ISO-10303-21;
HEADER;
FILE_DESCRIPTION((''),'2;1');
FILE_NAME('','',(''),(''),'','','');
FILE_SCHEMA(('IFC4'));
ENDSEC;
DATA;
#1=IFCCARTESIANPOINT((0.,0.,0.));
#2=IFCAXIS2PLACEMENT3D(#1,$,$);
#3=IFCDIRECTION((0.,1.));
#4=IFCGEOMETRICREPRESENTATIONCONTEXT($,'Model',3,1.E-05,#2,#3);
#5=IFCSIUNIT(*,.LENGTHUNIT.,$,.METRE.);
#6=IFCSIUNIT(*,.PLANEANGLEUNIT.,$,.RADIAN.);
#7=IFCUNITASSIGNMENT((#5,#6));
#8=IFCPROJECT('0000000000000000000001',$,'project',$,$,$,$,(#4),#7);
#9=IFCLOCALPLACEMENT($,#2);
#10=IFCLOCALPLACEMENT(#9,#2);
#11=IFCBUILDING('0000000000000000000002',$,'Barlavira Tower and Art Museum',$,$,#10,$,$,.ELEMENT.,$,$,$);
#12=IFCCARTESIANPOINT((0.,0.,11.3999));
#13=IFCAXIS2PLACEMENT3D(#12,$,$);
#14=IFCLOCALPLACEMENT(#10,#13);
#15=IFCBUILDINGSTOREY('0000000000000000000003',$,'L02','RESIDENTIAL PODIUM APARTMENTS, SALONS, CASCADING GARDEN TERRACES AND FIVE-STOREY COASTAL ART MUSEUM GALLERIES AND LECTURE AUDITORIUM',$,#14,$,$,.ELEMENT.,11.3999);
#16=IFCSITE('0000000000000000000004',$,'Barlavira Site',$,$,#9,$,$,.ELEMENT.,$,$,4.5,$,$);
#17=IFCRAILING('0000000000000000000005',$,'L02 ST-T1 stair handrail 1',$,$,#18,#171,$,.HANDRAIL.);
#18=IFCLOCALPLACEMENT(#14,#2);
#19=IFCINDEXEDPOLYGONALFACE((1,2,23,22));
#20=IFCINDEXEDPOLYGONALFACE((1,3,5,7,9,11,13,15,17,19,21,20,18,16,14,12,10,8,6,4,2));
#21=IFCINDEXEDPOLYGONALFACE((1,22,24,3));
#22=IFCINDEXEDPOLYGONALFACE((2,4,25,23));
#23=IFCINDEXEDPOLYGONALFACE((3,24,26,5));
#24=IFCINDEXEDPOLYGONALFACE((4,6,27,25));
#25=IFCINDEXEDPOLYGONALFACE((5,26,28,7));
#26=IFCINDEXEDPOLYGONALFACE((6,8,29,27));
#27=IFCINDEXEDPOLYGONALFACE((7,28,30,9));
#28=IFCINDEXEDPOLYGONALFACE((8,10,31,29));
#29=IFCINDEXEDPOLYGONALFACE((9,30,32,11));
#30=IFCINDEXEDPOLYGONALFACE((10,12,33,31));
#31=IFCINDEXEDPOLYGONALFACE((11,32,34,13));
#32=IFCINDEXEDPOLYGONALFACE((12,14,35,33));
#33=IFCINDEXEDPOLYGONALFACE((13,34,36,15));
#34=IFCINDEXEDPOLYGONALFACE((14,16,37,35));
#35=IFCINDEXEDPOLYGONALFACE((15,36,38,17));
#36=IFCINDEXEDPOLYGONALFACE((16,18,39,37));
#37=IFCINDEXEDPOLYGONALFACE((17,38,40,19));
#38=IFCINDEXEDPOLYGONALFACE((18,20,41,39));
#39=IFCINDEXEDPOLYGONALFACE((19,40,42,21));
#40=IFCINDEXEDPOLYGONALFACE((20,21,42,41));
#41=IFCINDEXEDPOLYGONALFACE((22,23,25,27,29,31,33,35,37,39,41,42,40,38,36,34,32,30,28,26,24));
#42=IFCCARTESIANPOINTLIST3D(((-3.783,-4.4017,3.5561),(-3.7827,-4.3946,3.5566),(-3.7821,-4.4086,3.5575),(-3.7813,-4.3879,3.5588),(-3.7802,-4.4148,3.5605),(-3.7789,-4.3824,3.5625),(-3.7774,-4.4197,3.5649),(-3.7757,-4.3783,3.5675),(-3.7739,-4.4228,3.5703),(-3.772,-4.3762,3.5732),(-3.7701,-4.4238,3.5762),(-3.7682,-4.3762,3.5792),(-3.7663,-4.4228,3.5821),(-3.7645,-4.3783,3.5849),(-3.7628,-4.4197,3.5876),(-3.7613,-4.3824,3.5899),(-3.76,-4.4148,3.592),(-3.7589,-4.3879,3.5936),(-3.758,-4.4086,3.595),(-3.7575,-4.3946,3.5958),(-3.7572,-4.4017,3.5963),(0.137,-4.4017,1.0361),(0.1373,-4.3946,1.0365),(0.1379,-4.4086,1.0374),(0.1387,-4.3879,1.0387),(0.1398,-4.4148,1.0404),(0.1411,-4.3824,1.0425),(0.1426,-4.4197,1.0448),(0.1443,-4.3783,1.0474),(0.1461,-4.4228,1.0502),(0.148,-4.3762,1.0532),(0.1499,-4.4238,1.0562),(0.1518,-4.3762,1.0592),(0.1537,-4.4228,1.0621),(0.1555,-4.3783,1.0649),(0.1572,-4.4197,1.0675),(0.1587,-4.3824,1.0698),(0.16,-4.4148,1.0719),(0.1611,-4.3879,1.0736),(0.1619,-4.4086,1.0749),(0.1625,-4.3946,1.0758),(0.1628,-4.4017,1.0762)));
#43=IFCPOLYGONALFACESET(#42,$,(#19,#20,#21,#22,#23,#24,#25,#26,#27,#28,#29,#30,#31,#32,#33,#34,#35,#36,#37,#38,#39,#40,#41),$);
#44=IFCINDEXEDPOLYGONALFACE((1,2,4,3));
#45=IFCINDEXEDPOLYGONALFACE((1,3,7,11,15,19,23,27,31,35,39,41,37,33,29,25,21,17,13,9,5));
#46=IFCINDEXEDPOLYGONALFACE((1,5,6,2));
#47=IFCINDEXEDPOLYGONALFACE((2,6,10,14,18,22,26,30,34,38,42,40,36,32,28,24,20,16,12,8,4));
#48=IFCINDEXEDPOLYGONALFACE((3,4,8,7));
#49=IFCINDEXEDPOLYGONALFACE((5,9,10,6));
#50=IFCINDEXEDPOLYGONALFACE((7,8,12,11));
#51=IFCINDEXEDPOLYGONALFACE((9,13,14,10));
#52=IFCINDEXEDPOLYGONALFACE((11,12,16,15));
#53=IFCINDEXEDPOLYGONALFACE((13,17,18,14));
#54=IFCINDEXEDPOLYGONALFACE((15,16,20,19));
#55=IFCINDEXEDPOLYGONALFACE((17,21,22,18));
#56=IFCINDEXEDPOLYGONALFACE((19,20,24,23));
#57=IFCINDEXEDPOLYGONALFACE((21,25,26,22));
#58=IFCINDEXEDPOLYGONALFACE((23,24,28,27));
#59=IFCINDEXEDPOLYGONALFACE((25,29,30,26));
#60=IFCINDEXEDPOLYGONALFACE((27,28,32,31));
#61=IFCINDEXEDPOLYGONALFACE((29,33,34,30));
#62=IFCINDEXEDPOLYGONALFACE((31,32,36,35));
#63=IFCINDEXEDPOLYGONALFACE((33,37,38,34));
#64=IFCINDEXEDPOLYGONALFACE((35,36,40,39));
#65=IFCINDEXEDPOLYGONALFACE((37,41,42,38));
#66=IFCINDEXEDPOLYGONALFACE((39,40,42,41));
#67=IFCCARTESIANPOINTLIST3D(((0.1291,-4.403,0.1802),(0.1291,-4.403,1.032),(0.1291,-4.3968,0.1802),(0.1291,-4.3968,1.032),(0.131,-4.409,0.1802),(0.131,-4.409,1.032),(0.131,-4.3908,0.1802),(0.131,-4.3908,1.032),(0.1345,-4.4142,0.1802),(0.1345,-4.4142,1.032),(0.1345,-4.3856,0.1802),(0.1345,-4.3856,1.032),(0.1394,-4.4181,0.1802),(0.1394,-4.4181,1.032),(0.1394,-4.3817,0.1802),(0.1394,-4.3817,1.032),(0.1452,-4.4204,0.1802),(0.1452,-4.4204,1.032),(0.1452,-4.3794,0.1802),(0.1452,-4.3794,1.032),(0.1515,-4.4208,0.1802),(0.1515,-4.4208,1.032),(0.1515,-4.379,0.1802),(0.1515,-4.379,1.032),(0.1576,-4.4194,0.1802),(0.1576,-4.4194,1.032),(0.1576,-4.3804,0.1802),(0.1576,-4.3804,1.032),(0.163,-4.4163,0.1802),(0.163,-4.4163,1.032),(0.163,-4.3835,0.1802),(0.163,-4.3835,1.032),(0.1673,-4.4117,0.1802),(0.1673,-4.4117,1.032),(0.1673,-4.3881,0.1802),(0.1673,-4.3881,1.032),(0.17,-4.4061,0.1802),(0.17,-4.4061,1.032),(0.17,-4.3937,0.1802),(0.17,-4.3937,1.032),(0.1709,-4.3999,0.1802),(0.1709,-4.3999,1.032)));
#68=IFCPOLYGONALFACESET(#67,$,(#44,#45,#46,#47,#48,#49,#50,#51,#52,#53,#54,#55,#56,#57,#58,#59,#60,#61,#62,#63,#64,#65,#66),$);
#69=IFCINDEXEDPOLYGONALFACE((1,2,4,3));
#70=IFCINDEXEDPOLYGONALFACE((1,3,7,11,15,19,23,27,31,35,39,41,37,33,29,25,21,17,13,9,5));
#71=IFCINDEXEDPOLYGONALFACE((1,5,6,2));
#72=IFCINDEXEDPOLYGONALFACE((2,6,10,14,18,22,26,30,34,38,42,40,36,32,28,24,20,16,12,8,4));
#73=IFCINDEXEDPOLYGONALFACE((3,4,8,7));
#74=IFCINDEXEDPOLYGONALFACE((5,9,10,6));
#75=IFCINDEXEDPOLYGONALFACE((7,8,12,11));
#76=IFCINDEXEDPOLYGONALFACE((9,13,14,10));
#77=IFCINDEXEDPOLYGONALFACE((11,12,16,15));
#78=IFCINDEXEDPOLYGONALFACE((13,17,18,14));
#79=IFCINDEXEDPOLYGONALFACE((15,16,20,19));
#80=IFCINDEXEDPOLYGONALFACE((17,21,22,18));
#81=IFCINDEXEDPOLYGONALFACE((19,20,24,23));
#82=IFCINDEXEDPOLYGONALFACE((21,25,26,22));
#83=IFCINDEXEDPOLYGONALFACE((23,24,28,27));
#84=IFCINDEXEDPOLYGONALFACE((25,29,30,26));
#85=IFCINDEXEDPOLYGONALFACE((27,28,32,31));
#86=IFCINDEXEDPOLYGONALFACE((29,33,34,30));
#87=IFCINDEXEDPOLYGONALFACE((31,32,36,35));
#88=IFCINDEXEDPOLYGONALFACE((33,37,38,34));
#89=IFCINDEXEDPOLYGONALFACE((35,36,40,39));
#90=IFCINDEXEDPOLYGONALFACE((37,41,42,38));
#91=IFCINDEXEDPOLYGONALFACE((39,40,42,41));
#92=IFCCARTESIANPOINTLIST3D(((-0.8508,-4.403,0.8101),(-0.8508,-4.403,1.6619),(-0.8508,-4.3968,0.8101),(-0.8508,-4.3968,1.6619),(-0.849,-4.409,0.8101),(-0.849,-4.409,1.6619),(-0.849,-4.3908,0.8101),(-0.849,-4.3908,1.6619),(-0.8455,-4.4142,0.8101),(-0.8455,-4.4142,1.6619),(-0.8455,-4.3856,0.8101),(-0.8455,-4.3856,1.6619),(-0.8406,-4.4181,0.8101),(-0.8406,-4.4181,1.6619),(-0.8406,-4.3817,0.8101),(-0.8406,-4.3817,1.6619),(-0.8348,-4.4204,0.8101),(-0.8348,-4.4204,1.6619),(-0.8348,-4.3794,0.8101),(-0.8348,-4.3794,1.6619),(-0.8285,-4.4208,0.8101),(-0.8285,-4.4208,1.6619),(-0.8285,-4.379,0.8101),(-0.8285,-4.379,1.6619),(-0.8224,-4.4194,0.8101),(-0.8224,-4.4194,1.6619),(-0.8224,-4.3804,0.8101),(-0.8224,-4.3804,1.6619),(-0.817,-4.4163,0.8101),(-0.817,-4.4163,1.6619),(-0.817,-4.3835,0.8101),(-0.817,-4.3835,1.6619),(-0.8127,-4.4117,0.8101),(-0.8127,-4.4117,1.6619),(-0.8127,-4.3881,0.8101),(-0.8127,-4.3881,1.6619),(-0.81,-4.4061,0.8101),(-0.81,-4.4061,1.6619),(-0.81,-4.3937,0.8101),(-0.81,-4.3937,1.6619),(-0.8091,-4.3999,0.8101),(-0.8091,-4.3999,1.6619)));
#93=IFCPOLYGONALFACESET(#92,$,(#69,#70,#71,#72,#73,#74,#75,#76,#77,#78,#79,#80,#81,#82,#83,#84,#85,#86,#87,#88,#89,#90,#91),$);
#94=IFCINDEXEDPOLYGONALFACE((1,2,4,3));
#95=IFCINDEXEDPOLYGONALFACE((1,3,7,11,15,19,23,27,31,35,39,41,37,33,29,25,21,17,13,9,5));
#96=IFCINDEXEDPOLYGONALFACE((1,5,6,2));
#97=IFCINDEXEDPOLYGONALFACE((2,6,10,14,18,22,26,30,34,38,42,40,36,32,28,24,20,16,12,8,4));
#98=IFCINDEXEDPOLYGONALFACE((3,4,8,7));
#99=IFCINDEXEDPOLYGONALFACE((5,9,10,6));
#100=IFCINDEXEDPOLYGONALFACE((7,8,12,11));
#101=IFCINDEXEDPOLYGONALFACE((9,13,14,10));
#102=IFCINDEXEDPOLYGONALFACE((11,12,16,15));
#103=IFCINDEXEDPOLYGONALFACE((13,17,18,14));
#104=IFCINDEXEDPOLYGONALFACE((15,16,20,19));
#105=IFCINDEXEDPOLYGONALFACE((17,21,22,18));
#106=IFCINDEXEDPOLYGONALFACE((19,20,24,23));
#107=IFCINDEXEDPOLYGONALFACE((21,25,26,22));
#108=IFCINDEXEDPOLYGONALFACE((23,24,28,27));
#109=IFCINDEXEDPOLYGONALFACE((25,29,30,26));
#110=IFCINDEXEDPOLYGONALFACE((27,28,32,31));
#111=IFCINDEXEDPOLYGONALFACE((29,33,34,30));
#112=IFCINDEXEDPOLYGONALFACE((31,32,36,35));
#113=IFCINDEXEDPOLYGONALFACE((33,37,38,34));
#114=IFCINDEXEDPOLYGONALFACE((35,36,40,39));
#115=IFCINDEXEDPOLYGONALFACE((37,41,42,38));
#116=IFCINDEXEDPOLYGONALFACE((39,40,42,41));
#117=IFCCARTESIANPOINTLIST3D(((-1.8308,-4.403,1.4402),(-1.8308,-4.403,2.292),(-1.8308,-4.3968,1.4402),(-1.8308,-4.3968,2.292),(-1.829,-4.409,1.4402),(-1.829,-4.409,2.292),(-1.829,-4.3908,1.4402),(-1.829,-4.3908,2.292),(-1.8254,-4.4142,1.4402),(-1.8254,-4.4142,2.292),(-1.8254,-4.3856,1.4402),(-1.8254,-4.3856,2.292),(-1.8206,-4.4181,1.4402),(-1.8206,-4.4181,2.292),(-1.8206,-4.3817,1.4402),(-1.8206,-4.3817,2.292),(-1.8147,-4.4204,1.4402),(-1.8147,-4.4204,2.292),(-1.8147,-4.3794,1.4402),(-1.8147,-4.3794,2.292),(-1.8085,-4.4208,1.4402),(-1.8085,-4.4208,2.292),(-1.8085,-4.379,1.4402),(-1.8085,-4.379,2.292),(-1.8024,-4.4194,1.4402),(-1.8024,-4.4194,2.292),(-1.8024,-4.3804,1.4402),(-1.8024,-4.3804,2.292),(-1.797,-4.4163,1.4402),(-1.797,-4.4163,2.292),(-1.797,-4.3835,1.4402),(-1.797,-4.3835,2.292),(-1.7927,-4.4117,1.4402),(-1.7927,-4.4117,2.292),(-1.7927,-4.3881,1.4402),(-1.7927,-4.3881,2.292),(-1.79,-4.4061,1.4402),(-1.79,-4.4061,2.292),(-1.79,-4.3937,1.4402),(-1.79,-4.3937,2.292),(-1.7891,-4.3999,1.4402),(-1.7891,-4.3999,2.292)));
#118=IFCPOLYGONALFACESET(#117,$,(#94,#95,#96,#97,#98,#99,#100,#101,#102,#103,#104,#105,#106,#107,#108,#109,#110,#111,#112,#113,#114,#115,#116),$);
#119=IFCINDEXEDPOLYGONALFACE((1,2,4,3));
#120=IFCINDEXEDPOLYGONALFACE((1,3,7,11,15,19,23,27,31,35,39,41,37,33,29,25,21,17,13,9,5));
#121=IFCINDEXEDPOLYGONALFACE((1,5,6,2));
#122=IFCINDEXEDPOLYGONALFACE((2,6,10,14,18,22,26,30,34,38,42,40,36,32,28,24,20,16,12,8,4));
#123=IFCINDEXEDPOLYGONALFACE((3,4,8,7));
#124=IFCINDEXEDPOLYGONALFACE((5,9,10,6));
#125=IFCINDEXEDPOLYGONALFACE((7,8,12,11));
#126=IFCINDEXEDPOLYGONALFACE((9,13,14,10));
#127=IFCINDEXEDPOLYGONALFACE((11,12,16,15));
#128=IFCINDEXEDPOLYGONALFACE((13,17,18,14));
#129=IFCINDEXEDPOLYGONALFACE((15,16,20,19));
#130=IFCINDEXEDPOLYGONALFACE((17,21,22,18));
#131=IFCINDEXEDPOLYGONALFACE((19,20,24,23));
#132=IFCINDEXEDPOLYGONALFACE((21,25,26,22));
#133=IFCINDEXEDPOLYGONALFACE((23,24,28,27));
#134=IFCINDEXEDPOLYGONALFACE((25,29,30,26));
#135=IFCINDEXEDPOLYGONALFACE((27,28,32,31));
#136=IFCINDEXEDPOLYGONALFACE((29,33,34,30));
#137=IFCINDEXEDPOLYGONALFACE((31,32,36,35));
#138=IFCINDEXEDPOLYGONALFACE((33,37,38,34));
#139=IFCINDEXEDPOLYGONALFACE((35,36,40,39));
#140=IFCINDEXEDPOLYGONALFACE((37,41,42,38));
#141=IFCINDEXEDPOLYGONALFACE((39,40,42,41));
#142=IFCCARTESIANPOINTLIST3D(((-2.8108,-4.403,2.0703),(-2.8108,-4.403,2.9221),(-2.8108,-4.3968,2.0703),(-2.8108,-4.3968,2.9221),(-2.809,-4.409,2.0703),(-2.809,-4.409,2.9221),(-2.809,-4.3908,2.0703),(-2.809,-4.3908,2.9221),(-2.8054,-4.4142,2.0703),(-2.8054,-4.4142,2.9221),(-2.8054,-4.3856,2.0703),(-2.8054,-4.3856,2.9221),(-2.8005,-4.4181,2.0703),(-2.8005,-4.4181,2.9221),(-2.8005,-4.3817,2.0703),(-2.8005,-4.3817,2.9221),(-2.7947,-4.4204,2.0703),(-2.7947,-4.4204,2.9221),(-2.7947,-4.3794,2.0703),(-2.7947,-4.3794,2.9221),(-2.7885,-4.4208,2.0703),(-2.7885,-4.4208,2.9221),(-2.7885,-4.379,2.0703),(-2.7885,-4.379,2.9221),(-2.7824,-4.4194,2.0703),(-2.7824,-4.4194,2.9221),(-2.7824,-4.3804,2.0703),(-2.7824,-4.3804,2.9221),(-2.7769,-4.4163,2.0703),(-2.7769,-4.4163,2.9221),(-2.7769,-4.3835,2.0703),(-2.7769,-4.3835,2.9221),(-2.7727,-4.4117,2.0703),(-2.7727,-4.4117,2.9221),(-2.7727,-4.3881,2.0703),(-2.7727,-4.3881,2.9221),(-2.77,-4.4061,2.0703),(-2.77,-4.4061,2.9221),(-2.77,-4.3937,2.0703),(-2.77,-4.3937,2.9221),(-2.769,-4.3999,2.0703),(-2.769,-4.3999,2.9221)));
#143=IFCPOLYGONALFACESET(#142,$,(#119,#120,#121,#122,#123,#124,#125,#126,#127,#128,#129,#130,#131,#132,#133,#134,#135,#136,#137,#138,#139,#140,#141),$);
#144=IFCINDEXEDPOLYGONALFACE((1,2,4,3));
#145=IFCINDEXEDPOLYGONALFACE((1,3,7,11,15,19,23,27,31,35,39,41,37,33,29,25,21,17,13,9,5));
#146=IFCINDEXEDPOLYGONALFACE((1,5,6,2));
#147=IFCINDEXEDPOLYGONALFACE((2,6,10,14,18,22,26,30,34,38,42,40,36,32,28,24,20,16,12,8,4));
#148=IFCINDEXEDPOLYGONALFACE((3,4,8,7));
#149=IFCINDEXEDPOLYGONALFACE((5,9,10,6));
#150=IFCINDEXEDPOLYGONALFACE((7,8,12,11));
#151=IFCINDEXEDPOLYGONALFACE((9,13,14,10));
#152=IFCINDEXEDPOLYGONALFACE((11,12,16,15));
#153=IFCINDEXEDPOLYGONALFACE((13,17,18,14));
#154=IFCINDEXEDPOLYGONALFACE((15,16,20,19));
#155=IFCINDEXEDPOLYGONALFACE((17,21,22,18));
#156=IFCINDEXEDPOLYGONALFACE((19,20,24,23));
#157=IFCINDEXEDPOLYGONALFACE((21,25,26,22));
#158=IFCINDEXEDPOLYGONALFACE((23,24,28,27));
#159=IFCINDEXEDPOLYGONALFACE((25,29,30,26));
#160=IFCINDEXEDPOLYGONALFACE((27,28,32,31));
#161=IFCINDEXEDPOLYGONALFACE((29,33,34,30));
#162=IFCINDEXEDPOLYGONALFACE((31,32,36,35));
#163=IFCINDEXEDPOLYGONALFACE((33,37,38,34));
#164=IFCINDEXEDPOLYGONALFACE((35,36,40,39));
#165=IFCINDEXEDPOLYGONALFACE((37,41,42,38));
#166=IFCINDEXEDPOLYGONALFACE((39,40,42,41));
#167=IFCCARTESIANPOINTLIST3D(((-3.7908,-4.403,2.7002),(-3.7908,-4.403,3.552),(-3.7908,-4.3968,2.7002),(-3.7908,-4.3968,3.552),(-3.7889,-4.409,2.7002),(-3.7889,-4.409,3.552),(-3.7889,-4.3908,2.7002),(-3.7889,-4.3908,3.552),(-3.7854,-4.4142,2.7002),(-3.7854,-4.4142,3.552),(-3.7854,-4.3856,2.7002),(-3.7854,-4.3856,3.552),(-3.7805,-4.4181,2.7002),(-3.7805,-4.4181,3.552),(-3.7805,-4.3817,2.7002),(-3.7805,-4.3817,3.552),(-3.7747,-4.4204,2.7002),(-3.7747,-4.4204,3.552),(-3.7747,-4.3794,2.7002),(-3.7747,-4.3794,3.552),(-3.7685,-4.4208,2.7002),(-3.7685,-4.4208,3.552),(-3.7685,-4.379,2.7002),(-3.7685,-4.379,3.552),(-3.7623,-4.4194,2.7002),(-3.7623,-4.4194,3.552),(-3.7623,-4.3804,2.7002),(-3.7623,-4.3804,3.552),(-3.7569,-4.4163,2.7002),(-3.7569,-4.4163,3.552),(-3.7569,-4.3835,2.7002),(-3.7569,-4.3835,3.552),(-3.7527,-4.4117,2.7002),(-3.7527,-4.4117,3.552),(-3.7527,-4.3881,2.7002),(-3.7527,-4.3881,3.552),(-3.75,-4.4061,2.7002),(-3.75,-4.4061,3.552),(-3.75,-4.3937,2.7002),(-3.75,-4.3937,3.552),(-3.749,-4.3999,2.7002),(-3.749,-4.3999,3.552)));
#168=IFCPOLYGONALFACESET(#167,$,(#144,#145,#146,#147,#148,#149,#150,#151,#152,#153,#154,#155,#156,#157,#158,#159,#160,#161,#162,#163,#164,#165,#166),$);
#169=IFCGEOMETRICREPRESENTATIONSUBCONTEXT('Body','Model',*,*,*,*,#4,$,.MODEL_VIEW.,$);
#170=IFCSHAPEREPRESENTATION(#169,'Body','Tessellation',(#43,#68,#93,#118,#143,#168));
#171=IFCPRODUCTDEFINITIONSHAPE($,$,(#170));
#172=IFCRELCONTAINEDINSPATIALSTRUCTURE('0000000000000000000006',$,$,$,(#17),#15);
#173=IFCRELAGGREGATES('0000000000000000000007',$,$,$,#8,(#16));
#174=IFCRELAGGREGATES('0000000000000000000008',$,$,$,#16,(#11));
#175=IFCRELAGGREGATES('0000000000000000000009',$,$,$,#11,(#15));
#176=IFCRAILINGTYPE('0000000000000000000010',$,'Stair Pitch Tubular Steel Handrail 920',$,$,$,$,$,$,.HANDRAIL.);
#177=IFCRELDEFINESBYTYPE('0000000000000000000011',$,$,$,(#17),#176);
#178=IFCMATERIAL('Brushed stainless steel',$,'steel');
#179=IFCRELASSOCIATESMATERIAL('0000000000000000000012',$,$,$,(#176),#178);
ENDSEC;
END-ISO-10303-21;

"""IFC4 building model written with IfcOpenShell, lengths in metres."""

from ifc_helpers import new_model, si_unit, direction, frame, origin, origin_2d, place, context, subcontext, project, spatial, circle, extrude, material, type_object, element, save


model = new_model("IFC4")

# Units and contexts
model_context = context("Model", 3, precision=1e-05, world=origin(), true_north=direction((0.0, 1.0)))
body_context = subcontext(model_context, "Body", "Model", "MODEL_VIEW")
ifc_project = project(units=[si_unit("LENGTHUNIT", "METRE"), si_unit("PLANEANGLEUNIT", "RADIAN")], contexts=[model_context])

# Site, building, storey
site_placement = place(None, origin())
site = spatial("IfcSite", under=ifc_project, at=site_placement, Name="Barlavira Site", CompositionType="ELEMENT", RefElevation=4.5)
building_placement = place(site_placement, origin())
building = spatial("IfcBuilding", under=site, at=building_placement, Name="Barlavira Tower and Art Museum", CompositionType="ELEMENT")
storey_placement = place(building_placement, frame((0.0, 0.0, 11.3999)))
storey = spatial("IfcBuildingStorey", under=building, at=storey_placement, Name="L02", Description="RESIDENTIAL PODIUM APARTMENTS, SALONS, CASCADING GARDEN TERRACES AND FIVE-STOREY COASTAL ART MUSEUM GALLERIES AND LECTURE AUDITORIUM", CompositionType="ELEMENT", Elevation=11.3999)

# Railing
ifc_material_1 = material(Name="Brushed stainless steel", Category="steel")
railing_type_1 = type_object("IfcRailingType", Name="Stair Pitch Tubular Steel Handrail 920", PredefinedType="HANDRAIL", material=ifc_material_1)
railing_1_placement = place(storey_placement, frame((0.1499, -4.3999, 0.1802)))
element("IfcRailing", 1, at=railing_1_placement, inside=storey, type_object=railing_type_1, Name="L02 ST-T1 stair handrail 1", PredefinedType="HANDRAIL", context=body_context, shape_type="SweptSolid", body=[
    extrude(circle(Radius=0.0239, at=origin_2d()), frame((0.0, 0.0, 0.876), z_axis=(-0.841172, 0.0, 0.540768), x_axis=(0.0, -1.0, 0.0)), (0.0, 0.0, 1.0), 4.6602),
    extrude(circle(Radius=0.021, at=origin_2d()), origin(), (0.0, 0.0, 1.0), 0.8518),
    extrude(circle(Radius=0.021, at=origin_2d()), frame((-0.98, 0.0, 0.6299)), (0.0, 0.0, 1.0), 0.8518),
    extrude(circle(Radius=0.021, at=origin_2d()), frame((-1.96, 0.0, 1.26)), (0.0, 0.0, 1.0), 0.8518),
    extrude(circle(Radius=0.021, at=origin_2d()), frame((-2.9399, 0.0, 1.8901)), (0.0, 0.0, 1.0), 0.8518),
    extrude(circle(Radius=0.021, at=origin_2d()), frame((-3.9199, 0.0, 2.52)), (0.0, 0.0, 1.0), 0.8518),
])

save(model, "model.ifc")
